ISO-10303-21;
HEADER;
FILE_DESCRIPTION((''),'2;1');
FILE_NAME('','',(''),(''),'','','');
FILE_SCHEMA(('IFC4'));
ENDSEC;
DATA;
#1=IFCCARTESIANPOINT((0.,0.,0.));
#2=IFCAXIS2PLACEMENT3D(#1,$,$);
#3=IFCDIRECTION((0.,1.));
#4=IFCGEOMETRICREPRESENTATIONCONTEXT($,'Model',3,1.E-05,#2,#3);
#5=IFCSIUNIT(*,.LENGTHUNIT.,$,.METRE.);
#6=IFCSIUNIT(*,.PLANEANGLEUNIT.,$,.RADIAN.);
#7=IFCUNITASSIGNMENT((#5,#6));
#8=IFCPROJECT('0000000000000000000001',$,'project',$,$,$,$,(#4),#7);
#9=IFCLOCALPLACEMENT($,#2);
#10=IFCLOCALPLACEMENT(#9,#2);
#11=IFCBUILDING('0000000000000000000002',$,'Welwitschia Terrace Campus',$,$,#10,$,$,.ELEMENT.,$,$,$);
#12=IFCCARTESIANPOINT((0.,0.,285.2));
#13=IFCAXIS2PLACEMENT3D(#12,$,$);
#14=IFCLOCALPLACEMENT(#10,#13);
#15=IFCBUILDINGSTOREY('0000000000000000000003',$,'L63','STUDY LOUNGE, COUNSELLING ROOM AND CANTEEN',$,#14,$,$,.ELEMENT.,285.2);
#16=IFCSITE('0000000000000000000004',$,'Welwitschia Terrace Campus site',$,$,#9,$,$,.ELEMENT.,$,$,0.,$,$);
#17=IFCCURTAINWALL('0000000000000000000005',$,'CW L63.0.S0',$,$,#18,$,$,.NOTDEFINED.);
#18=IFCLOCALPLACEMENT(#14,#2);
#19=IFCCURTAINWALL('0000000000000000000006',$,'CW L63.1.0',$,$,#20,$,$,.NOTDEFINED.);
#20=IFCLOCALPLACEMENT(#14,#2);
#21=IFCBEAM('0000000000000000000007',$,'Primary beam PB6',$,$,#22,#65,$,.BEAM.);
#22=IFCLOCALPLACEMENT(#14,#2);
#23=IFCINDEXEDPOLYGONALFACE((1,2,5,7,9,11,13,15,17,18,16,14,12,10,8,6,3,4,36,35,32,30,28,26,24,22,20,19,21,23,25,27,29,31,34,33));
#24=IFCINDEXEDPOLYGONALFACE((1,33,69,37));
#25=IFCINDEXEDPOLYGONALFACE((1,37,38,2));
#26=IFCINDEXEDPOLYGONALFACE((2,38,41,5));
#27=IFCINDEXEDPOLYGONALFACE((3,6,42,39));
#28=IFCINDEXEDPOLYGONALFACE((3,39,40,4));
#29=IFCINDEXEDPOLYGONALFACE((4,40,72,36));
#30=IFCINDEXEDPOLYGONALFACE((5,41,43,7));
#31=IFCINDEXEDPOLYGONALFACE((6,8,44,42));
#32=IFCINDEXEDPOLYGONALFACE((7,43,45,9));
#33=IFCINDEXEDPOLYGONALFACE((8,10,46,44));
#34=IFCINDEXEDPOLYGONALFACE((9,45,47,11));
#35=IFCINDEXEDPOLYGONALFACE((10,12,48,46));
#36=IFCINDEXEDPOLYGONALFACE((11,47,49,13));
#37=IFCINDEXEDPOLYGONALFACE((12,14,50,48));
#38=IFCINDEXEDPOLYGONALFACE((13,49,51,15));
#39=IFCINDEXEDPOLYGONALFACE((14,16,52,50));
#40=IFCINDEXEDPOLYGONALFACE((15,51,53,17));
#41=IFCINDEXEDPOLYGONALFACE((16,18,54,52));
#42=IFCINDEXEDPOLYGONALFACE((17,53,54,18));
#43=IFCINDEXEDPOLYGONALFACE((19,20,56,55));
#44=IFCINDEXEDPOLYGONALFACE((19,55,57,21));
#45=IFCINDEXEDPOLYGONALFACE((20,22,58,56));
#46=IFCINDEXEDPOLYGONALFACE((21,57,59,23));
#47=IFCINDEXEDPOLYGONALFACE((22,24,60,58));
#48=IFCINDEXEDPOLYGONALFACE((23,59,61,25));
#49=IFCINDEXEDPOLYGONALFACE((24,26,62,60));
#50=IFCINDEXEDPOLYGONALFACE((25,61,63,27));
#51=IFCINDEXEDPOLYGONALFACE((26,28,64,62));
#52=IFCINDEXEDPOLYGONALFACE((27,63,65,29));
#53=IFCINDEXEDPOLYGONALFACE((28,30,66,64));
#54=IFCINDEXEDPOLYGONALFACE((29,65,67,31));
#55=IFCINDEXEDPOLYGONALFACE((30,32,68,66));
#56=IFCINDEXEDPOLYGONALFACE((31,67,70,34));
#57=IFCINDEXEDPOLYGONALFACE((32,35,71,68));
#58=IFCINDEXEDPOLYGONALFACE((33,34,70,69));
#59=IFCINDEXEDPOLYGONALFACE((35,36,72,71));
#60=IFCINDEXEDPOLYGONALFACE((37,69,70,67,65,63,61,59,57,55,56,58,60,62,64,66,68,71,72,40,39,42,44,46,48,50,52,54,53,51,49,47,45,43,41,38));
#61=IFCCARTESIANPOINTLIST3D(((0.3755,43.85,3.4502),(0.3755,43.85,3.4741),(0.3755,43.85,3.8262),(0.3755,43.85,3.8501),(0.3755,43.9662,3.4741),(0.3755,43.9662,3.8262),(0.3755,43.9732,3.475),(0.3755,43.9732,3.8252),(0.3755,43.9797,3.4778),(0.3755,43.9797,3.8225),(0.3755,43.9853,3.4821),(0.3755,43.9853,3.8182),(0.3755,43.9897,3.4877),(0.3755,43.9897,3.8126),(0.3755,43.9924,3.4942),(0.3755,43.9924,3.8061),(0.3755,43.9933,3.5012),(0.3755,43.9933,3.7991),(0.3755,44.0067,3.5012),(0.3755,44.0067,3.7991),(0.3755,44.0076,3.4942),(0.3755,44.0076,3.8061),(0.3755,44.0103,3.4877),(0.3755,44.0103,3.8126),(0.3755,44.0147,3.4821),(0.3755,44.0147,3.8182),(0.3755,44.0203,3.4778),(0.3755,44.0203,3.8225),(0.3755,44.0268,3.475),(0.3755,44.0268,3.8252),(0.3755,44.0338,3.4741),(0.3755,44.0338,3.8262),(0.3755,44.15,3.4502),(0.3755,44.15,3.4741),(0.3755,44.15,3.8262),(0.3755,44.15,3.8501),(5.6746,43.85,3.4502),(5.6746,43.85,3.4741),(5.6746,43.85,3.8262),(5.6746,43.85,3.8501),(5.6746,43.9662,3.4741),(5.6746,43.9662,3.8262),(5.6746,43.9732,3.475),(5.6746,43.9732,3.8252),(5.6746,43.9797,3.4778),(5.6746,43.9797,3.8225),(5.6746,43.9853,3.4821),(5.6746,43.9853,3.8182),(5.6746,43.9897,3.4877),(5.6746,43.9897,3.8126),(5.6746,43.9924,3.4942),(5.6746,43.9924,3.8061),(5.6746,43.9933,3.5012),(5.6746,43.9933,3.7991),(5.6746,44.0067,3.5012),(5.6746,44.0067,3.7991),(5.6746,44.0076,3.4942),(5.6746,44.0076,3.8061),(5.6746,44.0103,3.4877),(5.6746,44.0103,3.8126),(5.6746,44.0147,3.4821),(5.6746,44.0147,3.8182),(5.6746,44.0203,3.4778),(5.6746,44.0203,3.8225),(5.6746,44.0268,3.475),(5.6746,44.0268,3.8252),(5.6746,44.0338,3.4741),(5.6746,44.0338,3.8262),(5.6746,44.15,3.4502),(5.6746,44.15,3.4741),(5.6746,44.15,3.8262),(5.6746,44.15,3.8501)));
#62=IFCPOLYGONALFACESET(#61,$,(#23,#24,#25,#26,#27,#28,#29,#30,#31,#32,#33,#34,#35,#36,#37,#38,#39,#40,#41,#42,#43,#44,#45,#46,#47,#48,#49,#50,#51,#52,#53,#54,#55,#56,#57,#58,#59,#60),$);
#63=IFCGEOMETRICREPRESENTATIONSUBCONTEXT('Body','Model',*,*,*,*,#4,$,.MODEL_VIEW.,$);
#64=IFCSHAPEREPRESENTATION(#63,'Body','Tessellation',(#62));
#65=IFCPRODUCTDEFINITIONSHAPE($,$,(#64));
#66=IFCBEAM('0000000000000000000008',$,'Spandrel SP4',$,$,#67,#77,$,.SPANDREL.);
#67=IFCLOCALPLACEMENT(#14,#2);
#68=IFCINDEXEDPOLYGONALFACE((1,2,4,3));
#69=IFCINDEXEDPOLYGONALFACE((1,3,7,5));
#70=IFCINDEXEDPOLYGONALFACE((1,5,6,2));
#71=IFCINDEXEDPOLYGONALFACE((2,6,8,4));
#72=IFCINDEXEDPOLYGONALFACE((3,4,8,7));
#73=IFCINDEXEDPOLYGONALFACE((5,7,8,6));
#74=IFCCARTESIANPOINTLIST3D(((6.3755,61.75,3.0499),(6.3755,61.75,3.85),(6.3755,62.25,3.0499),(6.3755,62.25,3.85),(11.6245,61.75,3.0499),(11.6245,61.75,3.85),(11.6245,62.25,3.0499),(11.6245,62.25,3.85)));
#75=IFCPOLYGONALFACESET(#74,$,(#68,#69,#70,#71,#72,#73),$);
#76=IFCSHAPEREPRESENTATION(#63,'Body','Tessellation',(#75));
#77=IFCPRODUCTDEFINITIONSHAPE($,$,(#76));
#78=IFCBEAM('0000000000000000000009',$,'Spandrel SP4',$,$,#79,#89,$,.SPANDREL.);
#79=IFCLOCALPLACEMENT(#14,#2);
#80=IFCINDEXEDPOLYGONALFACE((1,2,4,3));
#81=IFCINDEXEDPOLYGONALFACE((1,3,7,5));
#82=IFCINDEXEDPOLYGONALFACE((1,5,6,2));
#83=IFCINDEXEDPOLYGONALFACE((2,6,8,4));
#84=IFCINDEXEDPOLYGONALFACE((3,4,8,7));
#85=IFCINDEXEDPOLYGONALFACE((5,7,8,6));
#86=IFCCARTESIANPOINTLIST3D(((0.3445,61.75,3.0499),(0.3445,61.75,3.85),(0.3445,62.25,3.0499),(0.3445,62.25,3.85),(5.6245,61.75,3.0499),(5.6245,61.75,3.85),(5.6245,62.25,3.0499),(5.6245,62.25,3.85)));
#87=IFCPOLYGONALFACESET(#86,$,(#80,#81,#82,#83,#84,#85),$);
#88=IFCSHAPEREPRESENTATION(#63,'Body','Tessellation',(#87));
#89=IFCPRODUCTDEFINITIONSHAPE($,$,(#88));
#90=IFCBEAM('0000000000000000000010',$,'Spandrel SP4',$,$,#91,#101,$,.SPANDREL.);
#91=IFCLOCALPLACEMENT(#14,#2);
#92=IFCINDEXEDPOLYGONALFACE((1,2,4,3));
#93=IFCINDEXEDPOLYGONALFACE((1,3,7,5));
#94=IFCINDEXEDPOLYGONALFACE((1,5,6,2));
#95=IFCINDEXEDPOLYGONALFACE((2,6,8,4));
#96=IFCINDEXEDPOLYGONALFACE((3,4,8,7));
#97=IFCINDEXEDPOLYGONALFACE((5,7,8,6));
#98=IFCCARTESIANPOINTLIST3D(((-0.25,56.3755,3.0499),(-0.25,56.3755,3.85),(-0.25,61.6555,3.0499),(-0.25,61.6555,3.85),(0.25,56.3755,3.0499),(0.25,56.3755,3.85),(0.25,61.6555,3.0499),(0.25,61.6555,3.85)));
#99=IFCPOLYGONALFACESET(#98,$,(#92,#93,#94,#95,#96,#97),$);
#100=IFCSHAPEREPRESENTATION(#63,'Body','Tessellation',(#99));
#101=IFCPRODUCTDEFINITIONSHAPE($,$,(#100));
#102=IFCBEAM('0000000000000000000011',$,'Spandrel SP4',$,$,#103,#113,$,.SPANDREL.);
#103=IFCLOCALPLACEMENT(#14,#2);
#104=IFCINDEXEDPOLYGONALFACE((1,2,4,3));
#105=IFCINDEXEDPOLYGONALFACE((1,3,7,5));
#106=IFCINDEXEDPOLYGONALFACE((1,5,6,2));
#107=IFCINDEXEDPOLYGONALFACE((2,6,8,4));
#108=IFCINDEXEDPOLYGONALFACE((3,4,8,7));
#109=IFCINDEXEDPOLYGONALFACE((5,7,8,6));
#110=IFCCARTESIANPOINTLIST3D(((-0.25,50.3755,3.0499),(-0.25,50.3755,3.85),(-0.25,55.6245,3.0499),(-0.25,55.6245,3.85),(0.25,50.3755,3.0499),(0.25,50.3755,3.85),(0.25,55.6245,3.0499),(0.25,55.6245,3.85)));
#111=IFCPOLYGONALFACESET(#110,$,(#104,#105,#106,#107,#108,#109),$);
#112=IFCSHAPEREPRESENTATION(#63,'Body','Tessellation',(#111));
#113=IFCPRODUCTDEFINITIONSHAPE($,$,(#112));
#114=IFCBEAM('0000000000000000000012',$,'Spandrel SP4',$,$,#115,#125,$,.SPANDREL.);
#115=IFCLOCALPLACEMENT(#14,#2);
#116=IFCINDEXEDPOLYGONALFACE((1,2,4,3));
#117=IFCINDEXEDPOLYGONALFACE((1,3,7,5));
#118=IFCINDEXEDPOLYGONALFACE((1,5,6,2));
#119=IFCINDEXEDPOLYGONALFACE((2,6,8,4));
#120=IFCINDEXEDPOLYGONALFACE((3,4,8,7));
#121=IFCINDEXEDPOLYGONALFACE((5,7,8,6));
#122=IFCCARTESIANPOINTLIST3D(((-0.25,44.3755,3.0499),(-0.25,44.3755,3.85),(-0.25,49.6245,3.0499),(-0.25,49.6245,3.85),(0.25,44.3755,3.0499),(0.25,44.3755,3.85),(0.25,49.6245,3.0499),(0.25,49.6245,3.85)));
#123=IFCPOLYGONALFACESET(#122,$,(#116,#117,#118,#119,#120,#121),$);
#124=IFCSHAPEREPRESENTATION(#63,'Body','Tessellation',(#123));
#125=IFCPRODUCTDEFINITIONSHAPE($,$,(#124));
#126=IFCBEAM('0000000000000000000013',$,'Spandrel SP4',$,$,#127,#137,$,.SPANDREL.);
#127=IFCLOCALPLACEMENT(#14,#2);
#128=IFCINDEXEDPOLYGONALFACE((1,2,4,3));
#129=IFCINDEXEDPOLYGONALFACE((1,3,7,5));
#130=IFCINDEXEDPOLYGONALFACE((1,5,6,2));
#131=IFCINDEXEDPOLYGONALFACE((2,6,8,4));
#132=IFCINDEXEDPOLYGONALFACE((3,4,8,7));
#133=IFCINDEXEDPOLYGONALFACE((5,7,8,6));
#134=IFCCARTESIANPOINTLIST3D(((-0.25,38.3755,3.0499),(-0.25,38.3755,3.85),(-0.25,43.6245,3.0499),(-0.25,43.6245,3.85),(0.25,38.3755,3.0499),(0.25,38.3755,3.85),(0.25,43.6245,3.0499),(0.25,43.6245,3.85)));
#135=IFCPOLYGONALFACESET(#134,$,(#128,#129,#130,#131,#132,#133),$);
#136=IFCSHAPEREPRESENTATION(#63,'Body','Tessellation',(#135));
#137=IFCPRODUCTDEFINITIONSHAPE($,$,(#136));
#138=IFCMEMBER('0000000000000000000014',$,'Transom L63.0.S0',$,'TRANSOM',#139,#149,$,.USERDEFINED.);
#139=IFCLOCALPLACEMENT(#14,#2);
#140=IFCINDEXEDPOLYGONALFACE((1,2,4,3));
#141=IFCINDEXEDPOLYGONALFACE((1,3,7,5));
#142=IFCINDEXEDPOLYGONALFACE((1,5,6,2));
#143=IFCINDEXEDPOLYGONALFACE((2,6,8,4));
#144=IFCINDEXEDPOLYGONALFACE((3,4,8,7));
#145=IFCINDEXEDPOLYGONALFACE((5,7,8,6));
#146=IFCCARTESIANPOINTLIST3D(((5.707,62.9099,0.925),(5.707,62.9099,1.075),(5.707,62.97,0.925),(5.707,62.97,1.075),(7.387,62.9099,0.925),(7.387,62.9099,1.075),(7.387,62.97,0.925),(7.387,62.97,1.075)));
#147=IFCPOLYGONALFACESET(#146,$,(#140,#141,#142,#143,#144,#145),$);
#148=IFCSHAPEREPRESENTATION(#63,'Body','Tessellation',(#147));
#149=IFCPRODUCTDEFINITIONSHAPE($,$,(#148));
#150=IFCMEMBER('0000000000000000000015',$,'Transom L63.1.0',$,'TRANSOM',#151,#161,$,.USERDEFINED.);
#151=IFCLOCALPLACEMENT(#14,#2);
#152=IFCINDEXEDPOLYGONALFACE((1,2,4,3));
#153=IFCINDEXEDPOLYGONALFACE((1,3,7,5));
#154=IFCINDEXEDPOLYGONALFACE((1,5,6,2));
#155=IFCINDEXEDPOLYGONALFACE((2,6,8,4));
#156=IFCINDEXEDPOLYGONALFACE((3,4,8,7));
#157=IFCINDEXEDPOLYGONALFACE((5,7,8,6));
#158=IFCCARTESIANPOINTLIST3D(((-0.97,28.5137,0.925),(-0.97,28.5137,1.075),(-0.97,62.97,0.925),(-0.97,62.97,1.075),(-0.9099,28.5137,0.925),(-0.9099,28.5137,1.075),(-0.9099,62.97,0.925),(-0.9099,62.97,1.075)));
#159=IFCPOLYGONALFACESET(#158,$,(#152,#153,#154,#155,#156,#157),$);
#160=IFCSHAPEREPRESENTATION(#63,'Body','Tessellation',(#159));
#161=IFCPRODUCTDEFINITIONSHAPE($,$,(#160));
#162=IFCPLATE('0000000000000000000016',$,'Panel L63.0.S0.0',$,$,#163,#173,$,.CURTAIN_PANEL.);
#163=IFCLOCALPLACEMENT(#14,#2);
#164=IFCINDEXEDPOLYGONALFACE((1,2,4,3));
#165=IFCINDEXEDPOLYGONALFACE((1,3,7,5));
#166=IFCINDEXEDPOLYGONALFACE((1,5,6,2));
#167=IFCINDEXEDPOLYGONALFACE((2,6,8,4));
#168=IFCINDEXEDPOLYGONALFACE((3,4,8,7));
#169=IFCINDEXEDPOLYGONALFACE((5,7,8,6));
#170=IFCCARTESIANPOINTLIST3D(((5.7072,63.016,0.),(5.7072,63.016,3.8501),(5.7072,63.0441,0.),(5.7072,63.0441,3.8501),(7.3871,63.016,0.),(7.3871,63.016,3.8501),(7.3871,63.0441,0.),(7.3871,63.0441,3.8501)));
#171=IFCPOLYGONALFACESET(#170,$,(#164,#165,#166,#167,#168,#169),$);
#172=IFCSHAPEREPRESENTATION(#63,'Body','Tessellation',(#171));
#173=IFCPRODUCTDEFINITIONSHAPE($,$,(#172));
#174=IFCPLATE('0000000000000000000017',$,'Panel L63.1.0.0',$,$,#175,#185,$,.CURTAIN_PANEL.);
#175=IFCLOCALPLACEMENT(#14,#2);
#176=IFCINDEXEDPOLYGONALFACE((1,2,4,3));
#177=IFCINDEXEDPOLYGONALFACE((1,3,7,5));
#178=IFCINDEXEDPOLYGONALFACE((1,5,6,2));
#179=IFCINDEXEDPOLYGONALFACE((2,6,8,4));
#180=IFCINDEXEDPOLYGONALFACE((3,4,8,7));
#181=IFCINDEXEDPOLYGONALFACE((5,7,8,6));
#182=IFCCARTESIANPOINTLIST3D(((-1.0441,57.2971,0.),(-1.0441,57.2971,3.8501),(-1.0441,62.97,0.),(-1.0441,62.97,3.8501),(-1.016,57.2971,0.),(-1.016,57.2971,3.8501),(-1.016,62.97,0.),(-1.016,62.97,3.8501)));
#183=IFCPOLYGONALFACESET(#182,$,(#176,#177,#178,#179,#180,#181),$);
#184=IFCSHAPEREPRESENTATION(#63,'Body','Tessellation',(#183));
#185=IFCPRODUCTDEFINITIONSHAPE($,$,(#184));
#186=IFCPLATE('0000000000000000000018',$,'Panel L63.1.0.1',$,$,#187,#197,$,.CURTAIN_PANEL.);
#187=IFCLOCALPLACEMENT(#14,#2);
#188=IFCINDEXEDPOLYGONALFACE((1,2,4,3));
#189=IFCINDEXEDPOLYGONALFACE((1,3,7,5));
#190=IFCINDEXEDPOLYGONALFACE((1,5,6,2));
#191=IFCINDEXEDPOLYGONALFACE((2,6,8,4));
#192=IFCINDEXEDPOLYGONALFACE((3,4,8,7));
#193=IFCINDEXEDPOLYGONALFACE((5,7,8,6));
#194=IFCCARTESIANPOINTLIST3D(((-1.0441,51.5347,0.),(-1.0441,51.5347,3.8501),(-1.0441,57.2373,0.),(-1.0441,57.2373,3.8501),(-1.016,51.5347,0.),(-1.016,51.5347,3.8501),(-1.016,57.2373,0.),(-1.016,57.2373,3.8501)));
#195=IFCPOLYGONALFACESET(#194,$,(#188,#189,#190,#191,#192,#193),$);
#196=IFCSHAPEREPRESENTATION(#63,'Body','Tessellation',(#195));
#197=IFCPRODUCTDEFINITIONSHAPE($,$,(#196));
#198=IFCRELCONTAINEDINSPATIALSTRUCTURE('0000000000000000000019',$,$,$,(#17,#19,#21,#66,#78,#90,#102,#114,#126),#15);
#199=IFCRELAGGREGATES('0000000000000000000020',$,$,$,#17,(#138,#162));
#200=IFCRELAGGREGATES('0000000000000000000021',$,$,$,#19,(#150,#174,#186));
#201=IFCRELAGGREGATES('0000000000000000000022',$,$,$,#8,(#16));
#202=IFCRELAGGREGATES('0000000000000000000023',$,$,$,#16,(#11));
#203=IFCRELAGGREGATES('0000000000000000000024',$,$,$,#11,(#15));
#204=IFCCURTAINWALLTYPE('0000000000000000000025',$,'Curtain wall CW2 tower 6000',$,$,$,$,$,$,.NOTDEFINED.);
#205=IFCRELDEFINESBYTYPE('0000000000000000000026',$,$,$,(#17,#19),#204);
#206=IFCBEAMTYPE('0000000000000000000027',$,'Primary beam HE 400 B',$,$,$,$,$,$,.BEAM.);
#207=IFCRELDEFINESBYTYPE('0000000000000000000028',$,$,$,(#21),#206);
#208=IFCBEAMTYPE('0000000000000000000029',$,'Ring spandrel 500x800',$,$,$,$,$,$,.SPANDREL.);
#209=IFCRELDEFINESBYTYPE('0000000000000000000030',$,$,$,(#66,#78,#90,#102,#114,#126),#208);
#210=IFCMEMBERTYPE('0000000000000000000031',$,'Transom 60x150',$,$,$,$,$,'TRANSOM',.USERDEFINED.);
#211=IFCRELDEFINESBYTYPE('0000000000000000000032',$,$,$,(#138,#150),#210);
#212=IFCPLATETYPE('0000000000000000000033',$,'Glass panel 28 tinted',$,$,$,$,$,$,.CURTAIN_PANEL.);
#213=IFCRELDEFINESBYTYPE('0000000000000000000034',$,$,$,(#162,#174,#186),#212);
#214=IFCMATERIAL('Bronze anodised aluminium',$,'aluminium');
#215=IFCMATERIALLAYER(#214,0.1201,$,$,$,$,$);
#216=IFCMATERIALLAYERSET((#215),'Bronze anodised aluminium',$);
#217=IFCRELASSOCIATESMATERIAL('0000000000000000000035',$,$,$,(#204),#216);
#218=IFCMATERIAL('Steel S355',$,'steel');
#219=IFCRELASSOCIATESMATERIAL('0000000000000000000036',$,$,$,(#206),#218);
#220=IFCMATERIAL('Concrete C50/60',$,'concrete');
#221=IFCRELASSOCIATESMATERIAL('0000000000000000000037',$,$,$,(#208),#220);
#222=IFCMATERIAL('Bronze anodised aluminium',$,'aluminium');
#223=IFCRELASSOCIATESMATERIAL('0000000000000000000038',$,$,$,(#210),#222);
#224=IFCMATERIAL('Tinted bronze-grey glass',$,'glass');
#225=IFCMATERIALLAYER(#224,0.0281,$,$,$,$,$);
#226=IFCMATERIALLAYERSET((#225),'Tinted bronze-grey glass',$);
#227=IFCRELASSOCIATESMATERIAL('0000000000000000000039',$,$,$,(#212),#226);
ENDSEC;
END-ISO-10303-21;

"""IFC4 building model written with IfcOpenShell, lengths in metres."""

from ifc_helpers import new_model, si_unit, direction, frame, origin, origin_2d, place, context, subcontext, project, spatial, rectangle, i_section, extrude, material, layer, layer_set, material_profile, profile_set, type_object, element, aggregate, save


model = new_model("IFC4")

# Units and contexts
model_context = context("Model", 3, precision=1e-05, world=origin(), true_north=direction((0.0, 1.0)))
body_context = subcontext(model_context, "Body", "Model", "MODEL_VIEW")
ifc_project = project(units=[si_unit("LENGTHUNIT", "METRE"), si_unit("PLANEANGLEUNIT", "RADIAN")], contexts=[model_context])

# Site, building, storey
site_placement = place(None, origin())
site = spatial("IfcSite", under=ifc_project, at=site_placement, Name="Welwitschia Terrace Campus site", CompositionType="ELEMENT", RefElevation=0.0)
building_placement = place(site_placement, origin())
building = spatial("IfcBuilding", under=site, at=building_placement, Name="Welwitschia Terrace Campus", CompositionType="ELEMENT")
storey_placement = place(building_placement, frame((0.0, 0.0, 285.2)))
storey = spatial("IfcBuildingStorey", under=building, at=storey_placement, Name="L63", Description="STUDY LOUNGE, COUNSELLING ROOM AND CANTEEN", CompositionType="ELEMENT", Elevation=285.2)

# Curtain walls
ifc_material_1 = material(Name="Bronze anodised aluminium", Category="aluminium")
ifc_layer_1 = layer(ifc_material_1, 0.1201)
ifc_layer_set_1 = layer_set([ifc_layer_1], Name="Bronze anodised aluminium")
curtain_wall_type = type_object("IfcCurtainWallType", Name="Curtain wall CW2 tower 6000", PredefinedType="NOTDEFINED", material=ifc_layer_set_1)
curtain_wall_1_placement = place(storey_placement, origin())
curtain_wall_1 = element("IfcCurtainWall", 1, at=curtain_wall_1_placement, inside=storey, type_object=curtain_wall_type, Name="CW L63.0.S0", PredefinedType="NOTDEFINED")
curtain_wall_2_placement = place(storey_placement, origin())
curtain_wall_2 = element("IfcCurtainWall", 2, at=curtain_wall_2_placement, inside=storey, type_object=curtain_wall_type, Name="CW L63.1.0", PredefinedType="NOTDEFINED")

# Beams
ifc_material_2 = material(Name="Steel S355", Category="steel")
ifc_material_profile_1 = material_profile(ifc_material_2, i_section(OverallWidth=0.3, OverallDepth=0.3999, WebThickness=0.0134, FlangeThickness=0.0239, FilletRadius=0.0271, at=origin_2d()))
ifc_profile_set_1 = profile_set([ifc_material_profile_1], Name="Steel S355")
beam_type_1 = type_object("IfcBeamType", Name="Primary beam HE 400 B", PredefinedType="BEAM", material=ifc_profile_set_1)
for number, where, z_axis, x_axis, name in (
    (3, (0.3755, 44.0, 3.6501), (1.0, 0.0, 0.0), (0.0, 1.0, 0.0), "Primary beam PB6"),
):
    element("IfcBeam", number, at=place(storey_placement, frame(where, z_axis=z_axis, x_axis=x_axis)), inside=storey, type_object=beam_type_1, Name=name, PredefinedType="BEAM", context=body_context, shape_type="SweptSolid", body=[
        extrude(i_section(OverallWidth=0.3, OverallDepth=0.3999, WebThickness=0.0134, FlangeThickness=0.0239, FilletRadius=0.0271, at=origin_2d()), origin(), (0.0, 0.0, 1.0), 5.2991),
    ])
ifc_material_3 = material(Name="Concrete C50/60", Category="concrete")
ifc_material_profile_2 = material_profile(ifc_material_3, rectangle(XDim=0.5, YDim=0.8, at=origin_2d()))
ifc_profile_set_2 = profile_set([ifc_material_profile_2], Name="Concrete C50/60")
beam_type_2 = type_object("IfcBeamType", Name="Ring spandrel 500x800", PredefinedType="SPANDREL", material=ifc_profile_set_2)
beam_1_placement = place(storey_placement, frame((11.6245, 62.0, 3.45), z_axis=(-1.0, 0.0, 0.0), x_axis=(0.0, -1.0, 0.0)))
element("IfcBeam", 4, at=beam_1_placement, inside=storey, type_object=beam_type_2, Name="Spandrel SP4", PredefinedType="SPANDREL", context=body_context, shape_type="SweptSolid", body=[
    extrude(rectangle(XDim=0.5, YDim=0.8, at=origin_2d()), origin(), (0.0, 0.0, 1.0), 5.249),
])
for number, where, z_axis, x_axis, name in (
    (5, (5.6245, 62.0, 3.45), (-1.0, 0.0, 0.0), (0.0, -1.0, 0.0), "Spandrel SP4"),
    (6, (0.0, 61.6555, 3.45), (0.0, -1.0, 0.0), (1.0, 0.0, 0.0), "Spandrel SP4"),
):
    element("IfcBeam", number, at=place(storey_placement, frame(where, z_axis=z_axis, x_axis=x_axis)), inside=storey, type_object=beam_type_2, Name=name, PredefinedType="SPANDREL", context=body_context, shape_type="SweptSolid", body=[
        extrude(rectangle(XDim=0.5, YDim=0.8, at=origin_2d()), origin(), (0.0, 0.0, 1.0), 5.28),
    ])
for number, where, z_axis, x_axis, name in (
    (7, (0.0, 55.6245, 3.45), (0.0, -1.0, 0.0), (1.0, 0.0, 0.0), "Spandrel SP4"),
    (8, (0.0, 49.6245, 3.45), (0.0, -1.0, 0.0), (1.0, 0.0, 0.0), "Spandrel SP4"),
    (9, (0.0, 43.6245, 3.45), (0.0, -1.0, 0.0), (1.0, 0.0, 0.0), "Spandrel SP4"),
):
    element("IfcBeam", number, at=place(storey_placement, frame(where, z_axis=z_axis, x_axis=x_axis)), inside=storey, type_object=beam_type_2, Name=name, PredefinedType="SPANDREL", context=body_context, shape_type="SweptSolid", body=[
        extrude(rectangle(XDim=0.5, YDim=0.8, at=origin_2d()), origin(), (0.0, 0.0, 1.0), 5.249),
    ])

# Members
ifc_material_4 = material(Name="Bronze anodised aluminium", Category="aluminium")
ifc_material_profile_3 = material_profile(ifc_material_4, rectangle(XDim=0.0601, YDim=0.1499, at=origin_2d()))
ifc_profile_set_3 = profile_set([ifc_material_profile_3], Name="Bronze anodised aluminium")
member_type_1 = type_object("IfcMemberType", Name="Transom 60x150", ElementType="TRANSOM", PredefinedType="USERDEFINED", material=ifc_profile_set_3)
member_1_placement = place(storey_placement, frame((7.387, 62.9399, 1.0), z_axis=(-1.0, 0.0, 0.0), x_axis=(0.0, -1.0, 0.0)))
member_1 = element("IfcMember", 10, at=member_1_placement, type_object=member_type_1, Name="Transom L63.0.S0", ObjectType="TRANSOM", PredefinedType="USERDEFINED", context=body_context, shape_type="SweptSolid", body=[
    extrude(rectangle(XDim=0.0601, YDim=0.1499, at=origin_2d()), origin(), (0.0, 0.0, 1.0), 1.6799),
])
member_2_placement = place(storey_placement, frame((-0.9399, 62.97, 1.0), z_axis=(0.0, -1.0, 0.0), x_axis=(1.0, 0.0, 0.0)))
member_2 = element("IfcMember", 11, at=member_2_placement, type_object=member_type_1, Name="Transom L63.1.0", ObjectType="TRANSOM", PredefinedType="USERDEFINED", context=body_context, shape_type="SweptSolid", body=[
    extrude(rectangle(XDim=0.0601, YDim=0.1499, at=origin_2d()), origin(), (0.0, 0.0, 1.0), 34.4563),
])

# Plates
ifc_material_5 = material(Name="Tinted bronze-grey glass", Category="glass")
ifc_layer_2 = layer(ifc_material_5, 0.0281)
ifc_layer_set_2 = layer_set([ifc_layer_2], Name="Tinted bronze-grey glass")
plate_type = type_object("IfcPlateType", Name="Glass panel 28 tinted", PredefinedType="CURTAIN_PANEL", material=ifc_layer_set_2)
plate_1_placement = place(storey_placement, frame((6.5471, 63.03, 0.0), z_axis=(0.0, 0.0, 1.0), x_axis=(-1.0, 0.0, 0.0)))
plate_1 = element("IfcPlate", 12, at=plate_1_placement, type_object=plate_type, Name="Panel L63.0.S0.0", PredefinedType="CURTAIN_PANEL", context=body_context, shape_type="SweptSolid", body=[
    extrude(rectangle(XDim=1.6799, YDim=0.0281, at=origin_2d()), origin(), (0.0, 0.0, 1.0), 3.8501),
])
aggregate(curtain_wall_1, [member_1, plate_1])
plate_2_placement = place(storey_placement, frame((-1.03, 60.1335, 0.0), z_axis=(0.0, 0.0, 1.0), x_axis=(0.0, -1.0, 0.0)))
plate_2 = element("IfcPlate", 13, at=plate_2_placement, type_object=plate_type, Name="Panel L63.1.0.0", PredefinedType="CURTAIN_PANEL", context=body_context, shape_type="SweptSolid", body=[
    extrude(rectangle(XDim=5.6729, YDim=0.0281, at=origin_2d()), origin(), (0.0, 0.0, 1.0), 3.8501),
])
plate_3_placement = place(storey_placement, frame((-1.03, 54.386, 0.0), z_axis=(0.0, 0.0, 1.0), x_axis=(0.0, -1.0, 0.0)))
plate_3 = element("IfcPlate", 14, at=plate_3_placement, type_object=plate_type, Name="Panel L63.1.0.1", PredefinedType="CURTAIN_PANEL", context=body_context, shape_type="SweptSolid", body=[
    extrude(rectangle(XDim=5.7026, YDim=0.0281, at=origin_2d()), origin(), (0.0, 0.0, 1.0), 3.8501),
])
aggregate(curtain_wall_2, [member_2, plate_2, plate_3])

save(model, "model.ifc")
